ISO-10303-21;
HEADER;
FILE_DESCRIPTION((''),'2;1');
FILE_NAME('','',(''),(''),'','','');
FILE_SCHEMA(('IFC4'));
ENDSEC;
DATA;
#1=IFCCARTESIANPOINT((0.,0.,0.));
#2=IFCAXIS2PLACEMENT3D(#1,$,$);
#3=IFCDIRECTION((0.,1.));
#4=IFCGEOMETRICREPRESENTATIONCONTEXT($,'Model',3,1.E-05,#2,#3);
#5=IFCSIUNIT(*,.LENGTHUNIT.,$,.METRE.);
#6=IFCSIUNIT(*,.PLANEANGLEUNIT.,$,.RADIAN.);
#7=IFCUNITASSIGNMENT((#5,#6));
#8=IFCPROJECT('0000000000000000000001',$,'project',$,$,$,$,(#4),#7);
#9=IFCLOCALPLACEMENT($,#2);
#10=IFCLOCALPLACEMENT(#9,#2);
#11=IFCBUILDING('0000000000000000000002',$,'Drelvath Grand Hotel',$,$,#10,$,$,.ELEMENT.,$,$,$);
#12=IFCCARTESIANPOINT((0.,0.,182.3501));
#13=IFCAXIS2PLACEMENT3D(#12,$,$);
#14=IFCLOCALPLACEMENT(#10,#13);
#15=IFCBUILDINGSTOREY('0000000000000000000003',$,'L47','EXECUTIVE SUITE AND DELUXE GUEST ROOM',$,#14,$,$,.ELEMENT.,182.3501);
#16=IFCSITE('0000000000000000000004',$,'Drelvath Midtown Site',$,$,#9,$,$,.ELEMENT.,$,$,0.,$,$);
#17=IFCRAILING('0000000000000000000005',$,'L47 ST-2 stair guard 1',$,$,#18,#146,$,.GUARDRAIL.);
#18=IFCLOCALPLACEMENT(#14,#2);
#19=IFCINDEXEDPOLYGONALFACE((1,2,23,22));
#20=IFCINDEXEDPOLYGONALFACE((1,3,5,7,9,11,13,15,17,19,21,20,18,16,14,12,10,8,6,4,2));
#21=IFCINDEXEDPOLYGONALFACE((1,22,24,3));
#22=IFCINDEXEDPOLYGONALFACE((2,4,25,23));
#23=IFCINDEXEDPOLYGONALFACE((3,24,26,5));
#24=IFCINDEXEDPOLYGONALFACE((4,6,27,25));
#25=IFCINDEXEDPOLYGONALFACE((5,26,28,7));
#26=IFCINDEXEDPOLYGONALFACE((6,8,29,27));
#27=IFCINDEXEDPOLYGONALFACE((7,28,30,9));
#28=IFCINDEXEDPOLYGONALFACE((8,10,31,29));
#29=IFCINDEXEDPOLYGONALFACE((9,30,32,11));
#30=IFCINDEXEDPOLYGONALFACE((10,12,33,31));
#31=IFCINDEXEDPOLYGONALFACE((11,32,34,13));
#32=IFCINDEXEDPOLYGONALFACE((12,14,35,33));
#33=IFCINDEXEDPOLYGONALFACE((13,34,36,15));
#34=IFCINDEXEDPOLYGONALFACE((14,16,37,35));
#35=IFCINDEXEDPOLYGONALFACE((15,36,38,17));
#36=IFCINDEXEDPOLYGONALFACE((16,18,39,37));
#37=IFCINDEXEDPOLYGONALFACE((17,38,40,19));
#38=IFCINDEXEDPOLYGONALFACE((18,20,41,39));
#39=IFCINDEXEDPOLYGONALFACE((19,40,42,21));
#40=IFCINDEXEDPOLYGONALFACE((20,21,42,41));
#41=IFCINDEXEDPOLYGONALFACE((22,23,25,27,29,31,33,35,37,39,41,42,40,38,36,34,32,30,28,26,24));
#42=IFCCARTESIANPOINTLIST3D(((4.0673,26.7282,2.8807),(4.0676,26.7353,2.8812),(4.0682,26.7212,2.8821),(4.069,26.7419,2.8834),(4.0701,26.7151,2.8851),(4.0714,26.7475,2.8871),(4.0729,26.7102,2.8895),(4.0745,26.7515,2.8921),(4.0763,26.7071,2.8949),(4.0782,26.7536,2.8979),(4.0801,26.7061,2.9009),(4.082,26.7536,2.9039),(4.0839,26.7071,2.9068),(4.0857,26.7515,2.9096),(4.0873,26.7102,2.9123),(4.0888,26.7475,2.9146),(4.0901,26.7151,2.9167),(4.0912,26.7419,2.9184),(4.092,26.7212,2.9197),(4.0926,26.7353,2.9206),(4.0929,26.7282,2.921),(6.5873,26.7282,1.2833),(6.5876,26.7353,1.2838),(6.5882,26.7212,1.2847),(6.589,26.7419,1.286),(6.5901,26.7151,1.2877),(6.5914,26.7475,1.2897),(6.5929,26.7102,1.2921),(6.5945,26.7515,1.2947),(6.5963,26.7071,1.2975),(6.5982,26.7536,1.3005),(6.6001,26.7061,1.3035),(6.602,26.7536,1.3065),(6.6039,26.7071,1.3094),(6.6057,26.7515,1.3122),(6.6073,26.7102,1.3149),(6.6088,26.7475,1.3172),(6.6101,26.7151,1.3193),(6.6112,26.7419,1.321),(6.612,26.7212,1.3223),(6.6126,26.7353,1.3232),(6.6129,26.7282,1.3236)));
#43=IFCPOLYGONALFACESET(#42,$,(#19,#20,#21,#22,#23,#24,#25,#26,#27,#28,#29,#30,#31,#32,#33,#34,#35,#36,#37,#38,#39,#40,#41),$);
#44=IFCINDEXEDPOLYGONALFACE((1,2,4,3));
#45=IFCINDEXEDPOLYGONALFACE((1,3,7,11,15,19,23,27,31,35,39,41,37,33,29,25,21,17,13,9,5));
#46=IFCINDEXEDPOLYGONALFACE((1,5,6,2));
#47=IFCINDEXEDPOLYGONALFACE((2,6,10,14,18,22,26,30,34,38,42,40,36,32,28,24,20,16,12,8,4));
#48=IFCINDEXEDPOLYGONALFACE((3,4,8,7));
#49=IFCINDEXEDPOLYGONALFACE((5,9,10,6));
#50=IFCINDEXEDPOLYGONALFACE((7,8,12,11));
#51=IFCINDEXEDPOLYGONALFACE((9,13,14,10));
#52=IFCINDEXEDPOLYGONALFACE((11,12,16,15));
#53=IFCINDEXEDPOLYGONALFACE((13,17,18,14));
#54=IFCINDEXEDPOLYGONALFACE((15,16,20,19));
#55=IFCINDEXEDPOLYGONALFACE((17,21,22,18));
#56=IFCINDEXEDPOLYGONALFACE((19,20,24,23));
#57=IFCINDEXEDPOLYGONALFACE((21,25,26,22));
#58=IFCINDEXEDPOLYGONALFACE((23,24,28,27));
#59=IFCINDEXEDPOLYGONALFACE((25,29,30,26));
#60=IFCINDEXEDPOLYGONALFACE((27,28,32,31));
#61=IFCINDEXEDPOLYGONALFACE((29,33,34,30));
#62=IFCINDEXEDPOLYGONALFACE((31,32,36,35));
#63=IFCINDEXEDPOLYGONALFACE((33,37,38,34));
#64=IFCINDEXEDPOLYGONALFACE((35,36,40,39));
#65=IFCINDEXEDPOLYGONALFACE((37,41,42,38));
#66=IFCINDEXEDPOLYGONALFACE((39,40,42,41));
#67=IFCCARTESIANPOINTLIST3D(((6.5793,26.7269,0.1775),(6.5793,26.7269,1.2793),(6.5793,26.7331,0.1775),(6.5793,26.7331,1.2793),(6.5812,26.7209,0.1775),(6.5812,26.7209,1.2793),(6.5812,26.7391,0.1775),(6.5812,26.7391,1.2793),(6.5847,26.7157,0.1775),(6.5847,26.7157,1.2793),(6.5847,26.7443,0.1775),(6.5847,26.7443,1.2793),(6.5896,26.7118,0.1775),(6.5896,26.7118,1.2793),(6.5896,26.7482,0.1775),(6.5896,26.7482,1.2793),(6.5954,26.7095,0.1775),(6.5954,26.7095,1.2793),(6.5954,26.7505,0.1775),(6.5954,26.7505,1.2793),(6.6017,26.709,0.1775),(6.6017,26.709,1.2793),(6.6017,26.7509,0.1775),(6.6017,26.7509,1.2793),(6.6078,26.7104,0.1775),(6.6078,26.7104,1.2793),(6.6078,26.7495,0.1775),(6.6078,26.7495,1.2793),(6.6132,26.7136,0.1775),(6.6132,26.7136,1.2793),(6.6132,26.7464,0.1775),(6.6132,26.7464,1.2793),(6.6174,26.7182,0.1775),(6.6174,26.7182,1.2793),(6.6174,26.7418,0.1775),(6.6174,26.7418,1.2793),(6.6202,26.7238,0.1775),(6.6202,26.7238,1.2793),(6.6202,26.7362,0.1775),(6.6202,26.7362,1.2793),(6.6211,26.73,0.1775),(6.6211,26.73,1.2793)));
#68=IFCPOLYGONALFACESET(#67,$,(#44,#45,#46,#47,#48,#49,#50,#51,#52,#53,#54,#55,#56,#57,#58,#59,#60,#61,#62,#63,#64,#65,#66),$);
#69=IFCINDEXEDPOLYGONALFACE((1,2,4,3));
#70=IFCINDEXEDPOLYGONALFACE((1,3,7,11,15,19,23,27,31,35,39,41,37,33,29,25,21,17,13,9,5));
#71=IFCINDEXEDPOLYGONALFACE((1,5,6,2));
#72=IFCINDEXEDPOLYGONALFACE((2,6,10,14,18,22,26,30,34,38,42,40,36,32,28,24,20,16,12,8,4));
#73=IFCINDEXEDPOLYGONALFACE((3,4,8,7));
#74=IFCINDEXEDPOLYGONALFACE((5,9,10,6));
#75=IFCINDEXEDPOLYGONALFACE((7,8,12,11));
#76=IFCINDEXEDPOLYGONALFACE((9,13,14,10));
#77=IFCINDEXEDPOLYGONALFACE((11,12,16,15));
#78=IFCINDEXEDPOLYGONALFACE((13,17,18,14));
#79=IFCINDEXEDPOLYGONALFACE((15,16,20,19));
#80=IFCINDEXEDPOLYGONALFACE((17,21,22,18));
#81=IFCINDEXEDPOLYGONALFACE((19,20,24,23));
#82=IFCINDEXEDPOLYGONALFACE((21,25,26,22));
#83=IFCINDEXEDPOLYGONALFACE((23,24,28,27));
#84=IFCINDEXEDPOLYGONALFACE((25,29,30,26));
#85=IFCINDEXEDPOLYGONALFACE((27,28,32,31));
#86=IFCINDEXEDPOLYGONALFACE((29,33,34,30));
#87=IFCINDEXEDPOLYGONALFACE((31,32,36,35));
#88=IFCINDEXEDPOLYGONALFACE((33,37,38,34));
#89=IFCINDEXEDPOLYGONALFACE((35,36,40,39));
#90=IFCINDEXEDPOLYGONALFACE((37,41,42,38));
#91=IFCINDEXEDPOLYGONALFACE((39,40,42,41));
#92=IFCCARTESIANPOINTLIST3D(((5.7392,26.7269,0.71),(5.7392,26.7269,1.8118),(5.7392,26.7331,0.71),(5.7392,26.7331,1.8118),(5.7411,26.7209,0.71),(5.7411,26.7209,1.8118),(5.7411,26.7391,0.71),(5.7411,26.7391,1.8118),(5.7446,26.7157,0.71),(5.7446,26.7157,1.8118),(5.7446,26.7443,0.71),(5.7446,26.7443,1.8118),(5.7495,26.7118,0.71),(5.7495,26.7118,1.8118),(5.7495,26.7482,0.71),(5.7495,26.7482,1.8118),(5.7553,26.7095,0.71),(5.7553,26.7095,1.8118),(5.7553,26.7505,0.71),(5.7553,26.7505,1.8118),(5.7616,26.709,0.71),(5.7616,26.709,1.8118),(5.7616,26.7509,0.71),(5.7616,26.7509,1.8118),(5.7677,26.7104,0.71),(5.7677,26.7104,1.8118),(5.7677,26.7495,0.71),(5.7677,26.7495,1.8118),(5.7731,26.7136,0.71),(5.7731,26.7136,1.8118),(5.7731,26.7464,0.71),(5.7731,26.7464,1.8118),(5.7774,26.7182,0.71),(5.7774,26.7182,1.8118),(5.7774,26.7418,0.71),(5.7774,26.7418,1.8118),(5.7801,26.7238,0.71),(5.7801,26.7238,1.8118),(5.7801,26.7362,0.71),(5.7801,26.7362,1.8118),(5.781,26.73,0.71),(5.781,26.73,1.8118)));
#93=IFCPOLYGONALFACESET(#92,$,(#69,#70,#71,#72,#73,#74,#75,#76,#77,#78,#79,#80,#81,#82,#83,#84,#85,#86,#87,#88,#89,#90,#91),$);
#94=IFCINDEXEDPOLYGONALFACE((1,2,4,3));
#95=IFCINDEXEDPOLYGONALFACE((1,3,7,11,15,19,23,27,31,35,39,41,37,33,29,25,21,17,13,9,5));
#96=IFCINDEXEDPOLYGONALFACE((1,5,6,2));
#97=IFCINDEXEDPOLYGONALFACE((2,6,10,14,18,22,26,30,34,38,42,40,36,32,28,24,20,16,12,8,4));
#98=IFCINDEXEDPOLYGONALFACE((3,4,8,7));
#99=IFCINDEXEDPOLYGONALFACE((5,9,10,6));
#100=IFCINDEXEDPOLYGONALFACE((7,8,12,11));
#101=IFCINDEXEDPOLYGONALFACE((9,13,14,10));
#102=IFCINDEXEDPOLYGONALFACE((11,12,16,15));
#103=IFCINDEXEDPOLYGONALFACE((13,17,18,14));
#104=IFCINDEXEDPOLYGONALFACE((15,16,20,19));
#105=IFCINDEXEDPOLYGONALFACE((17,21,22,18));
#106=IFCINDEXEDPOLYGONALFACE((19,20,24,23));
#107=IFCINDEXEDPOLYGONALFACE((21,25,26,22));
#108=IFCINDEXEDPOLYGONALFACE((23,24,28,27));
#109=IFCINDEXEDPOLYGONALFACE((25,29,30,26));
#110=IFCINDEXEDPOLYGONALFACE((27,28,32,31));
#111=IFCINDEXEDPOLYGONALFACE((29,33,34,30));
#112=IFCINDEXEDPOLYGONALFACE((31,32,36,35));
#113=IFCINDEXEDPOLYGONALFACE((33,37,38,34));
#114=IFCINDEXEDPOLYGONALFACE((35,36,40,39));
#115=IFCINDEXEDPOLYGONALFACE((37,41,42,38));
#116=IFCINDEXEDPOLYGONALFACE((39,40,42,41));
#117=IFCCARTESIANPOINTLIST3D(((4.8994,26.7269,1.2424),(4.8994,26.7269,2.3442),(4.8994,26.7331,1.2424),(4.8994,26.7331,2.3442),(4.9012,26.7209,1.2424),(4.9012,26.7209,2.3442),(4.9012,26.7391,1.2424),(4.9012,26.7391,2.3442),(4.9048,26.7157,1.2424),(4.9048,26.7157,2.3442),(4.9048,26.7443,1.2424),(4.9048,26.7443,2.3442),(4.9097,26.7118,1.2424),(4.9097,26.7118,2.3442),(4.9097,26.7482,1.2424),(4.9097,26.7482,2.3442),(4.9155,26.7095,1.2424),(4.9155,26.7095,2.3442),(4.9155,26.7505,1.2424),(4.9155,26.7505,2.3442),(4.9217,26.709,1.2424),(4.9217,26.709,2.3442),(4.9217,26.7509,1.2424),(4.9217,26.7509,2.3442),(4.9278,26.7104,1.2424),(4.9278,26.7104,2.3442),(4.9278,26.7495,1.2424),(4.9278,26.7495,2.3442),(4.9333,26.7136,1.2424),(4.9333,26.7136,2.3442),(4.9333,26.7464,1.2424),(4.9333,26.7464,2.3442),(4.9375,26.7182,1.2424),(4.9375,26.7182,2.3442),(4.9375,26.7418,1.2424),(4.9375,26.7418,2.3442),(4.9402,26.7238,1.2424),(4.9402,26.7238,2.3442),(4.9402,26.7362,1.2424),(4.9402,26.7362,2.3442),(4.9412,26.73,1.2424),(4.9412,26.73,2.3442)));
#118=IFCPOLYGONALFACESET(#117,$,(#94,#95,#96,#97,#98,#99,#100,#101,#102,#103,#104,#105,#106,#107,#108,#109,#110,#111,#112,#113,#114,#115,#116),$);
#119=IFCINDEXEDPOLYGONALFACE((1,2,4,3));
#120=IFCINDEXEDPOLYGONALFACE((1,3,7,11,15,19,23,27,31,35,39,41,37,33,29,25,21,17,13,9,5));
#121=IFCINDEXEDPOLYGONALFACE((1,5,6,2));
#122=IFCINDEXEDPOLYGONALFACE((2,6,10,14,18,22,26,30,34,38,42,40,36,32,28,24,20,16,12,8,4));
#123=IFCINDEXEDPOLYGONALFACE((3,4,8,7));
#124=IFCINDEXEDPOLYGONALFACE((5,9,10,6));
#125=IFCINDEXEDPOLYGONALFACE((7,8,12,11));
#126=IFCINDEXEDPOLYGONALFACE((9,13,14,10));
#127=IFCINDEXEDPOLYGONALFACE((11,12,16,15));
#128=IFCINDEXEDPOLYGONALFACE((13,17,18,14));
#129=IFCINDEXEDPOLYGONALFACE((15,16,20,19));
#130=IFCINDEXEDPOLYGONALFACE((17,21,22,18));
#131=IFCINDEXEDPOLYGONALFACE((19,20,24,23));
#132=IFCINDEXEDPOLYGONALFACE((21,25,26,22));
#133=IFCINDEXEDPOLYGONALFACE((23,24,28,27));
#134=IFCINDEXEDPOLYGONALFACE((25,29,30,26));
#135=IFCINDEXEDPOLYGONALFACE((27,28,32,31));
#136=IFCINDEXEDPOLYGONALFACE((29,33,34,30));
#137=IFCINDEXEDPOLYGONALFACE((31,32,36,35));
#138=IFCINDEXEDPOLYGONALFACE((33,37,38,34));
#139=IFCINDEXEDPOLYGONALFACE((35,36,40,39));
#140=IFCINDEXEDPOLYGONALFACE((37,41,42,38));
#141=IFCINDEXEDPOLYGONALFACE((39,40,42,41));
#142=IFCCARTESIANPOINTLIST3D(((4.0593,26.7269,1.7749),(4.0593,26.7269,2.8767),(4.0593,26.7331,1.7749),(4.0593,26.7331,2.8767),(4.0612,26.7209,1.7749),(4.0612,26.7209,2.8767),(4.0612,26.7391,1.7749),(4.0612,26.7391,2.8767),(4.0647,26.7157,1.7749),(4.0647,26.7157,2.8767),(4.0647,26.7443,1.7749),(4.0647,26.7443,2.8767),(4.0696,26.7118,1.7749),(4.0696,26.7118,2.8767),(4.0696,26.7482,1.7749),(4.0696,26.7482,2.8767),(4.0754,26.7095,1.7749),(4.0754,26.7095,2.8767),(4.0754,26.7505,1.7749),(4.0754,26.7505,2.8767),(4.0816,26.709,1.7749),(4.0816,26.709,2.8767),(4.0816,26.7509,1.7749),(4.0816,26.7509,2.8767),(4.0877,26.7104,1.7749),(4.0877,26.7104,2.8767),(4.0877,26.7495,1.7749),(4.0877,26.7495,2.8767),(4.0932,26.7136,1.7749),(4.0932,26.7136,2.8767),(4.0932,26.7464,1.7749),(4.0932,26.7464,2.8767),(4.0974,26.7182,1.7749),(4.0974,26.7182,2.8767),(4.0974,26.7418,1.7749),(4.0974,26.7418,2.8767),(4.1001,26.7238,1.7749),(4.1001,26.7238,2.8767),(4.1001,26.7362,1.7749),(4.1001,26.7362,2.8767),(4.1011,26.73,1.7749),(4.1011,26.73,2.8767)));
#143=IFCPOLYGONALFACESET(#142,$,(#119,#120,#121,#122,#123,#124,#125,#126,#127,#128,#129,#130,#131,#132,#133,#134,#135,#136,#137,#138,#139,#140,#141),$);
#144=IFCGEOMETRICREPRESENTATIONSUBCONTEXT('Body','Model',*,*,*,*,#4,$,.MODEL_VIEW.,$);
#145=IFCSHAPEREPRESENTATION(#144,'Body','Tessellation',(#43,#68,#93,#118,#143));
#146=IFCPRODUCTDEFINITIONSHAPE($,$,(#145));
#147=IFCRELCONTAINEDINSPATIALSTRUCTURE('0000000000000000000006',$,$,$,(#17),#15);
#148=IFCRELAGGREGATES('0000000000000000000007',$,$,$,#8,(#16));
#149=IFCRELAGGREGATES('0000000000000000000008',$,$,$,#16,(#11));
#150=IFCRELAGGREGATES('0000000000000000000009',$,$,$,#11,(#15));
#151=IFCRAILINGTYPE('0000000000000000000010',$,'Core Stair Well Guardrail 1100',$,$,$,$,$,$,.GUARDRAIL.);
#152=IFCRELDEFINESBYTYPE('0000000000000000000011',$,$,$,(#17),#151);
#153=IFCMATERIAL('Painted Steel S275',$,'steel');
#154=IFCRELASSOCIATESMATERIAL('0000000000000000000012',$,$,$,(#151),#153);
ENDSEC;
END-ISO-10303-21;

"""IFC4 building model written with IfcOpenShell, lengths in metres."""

from ifc_helpers import new_model, si_unit, direction, frame, origin, origin_2d, place, context, subcontext, project, spatial, circle, extrude, material, type_object, element, save


model = new_model("IFC4")

# Units and contexts
model_context = context("Model", 3, precision=1e-05, world=origin(), true_north=direction((0.0, 1.0)))
body_context = subcontext(model_context, "Body", "Model", "MODEL_VIEW")
ifc_project = project(units=[si_unit("LENGTHUNIT", "METRE"), si_unit("PLANEANGLEUNIT", "RADIAN")], contexts=[model_context])

# Site, building, storey
site_placement = place(None, origin())
site = spatial("IfcSite", under=ifc_project, at=site_placement, Name="Drelvath Midtown Site", CompositionType="ELEMENT", RefElevation=0.0)
building_placement = place(site_placement, origin())
building = spatial("IfcBuilding", under=site, at=building_placement, Name="Drelvath Grand Hotel", CompositionType="ELEMENT")
storey_placement = place(building_placement, frame((0.0, 0.0, 182.3501)))
storey = spatial("IfcBuildingStorey", under=building, at=storey_placement, Name="L47", Description="EXECUTIVE SUITE AND DELUXE GUEST ROOM", CompositionType="ELEMENT", Elevation=182.3501)

# Railing
ifc_material_1 = material(Name="Painted Steel S275", Category="steel")
railing_type_1 = type_object("IfcRailingType", Name="Core Stair Well Guardrail 1100", PredefinedType="GUARDRAIL", material=ifc_material_1)
railing_1_placement = place(storey_placement, frame((6.6001, 26.73, 0.1775)))
element("IfcRailing", 1, at=railing_1_placement, inside=storey, type_object=railing_type_1, Name="L47 ST-2 stair guard 1", PredefinedType="GUARDRAIL", context=body_context, shape_type="SweptSolid", body=[
    extrude(circle(Radius=0.0239, at=origin_2d()), frame((0.0, 0.0, 1.126), z_axis=(-0.844607, 0.0, 0.535387), x_axis=(0.0, -1.0, 0.0)), (0.0, 0.0, 1.0), 2.9836),
    extrude(circle(Radius=0.021, at=origin_2d()), origin(), (0.0, 0.0, 1.0), 1.1018),
    extrude(circle(Radius=0.021, at=origin_2d()), frame((-0.8401, 0.0, 0.5325)), (0.0, 0.0, 1.0), 1.1018),
    extrude(circle(Radius=0.021, at=origin_2d()), frame((-1.6799, 0.0, 1.0649)), (0.0, 0.0, 1.0), 1.1018),
    extrude(circle(Radius=0.021, at=origin_2d()), frame((-2.52, 0.0, 1.5974)), (0.0, 0.0, 1.0), 1.1018),
])

save(model, "model.ifc")
